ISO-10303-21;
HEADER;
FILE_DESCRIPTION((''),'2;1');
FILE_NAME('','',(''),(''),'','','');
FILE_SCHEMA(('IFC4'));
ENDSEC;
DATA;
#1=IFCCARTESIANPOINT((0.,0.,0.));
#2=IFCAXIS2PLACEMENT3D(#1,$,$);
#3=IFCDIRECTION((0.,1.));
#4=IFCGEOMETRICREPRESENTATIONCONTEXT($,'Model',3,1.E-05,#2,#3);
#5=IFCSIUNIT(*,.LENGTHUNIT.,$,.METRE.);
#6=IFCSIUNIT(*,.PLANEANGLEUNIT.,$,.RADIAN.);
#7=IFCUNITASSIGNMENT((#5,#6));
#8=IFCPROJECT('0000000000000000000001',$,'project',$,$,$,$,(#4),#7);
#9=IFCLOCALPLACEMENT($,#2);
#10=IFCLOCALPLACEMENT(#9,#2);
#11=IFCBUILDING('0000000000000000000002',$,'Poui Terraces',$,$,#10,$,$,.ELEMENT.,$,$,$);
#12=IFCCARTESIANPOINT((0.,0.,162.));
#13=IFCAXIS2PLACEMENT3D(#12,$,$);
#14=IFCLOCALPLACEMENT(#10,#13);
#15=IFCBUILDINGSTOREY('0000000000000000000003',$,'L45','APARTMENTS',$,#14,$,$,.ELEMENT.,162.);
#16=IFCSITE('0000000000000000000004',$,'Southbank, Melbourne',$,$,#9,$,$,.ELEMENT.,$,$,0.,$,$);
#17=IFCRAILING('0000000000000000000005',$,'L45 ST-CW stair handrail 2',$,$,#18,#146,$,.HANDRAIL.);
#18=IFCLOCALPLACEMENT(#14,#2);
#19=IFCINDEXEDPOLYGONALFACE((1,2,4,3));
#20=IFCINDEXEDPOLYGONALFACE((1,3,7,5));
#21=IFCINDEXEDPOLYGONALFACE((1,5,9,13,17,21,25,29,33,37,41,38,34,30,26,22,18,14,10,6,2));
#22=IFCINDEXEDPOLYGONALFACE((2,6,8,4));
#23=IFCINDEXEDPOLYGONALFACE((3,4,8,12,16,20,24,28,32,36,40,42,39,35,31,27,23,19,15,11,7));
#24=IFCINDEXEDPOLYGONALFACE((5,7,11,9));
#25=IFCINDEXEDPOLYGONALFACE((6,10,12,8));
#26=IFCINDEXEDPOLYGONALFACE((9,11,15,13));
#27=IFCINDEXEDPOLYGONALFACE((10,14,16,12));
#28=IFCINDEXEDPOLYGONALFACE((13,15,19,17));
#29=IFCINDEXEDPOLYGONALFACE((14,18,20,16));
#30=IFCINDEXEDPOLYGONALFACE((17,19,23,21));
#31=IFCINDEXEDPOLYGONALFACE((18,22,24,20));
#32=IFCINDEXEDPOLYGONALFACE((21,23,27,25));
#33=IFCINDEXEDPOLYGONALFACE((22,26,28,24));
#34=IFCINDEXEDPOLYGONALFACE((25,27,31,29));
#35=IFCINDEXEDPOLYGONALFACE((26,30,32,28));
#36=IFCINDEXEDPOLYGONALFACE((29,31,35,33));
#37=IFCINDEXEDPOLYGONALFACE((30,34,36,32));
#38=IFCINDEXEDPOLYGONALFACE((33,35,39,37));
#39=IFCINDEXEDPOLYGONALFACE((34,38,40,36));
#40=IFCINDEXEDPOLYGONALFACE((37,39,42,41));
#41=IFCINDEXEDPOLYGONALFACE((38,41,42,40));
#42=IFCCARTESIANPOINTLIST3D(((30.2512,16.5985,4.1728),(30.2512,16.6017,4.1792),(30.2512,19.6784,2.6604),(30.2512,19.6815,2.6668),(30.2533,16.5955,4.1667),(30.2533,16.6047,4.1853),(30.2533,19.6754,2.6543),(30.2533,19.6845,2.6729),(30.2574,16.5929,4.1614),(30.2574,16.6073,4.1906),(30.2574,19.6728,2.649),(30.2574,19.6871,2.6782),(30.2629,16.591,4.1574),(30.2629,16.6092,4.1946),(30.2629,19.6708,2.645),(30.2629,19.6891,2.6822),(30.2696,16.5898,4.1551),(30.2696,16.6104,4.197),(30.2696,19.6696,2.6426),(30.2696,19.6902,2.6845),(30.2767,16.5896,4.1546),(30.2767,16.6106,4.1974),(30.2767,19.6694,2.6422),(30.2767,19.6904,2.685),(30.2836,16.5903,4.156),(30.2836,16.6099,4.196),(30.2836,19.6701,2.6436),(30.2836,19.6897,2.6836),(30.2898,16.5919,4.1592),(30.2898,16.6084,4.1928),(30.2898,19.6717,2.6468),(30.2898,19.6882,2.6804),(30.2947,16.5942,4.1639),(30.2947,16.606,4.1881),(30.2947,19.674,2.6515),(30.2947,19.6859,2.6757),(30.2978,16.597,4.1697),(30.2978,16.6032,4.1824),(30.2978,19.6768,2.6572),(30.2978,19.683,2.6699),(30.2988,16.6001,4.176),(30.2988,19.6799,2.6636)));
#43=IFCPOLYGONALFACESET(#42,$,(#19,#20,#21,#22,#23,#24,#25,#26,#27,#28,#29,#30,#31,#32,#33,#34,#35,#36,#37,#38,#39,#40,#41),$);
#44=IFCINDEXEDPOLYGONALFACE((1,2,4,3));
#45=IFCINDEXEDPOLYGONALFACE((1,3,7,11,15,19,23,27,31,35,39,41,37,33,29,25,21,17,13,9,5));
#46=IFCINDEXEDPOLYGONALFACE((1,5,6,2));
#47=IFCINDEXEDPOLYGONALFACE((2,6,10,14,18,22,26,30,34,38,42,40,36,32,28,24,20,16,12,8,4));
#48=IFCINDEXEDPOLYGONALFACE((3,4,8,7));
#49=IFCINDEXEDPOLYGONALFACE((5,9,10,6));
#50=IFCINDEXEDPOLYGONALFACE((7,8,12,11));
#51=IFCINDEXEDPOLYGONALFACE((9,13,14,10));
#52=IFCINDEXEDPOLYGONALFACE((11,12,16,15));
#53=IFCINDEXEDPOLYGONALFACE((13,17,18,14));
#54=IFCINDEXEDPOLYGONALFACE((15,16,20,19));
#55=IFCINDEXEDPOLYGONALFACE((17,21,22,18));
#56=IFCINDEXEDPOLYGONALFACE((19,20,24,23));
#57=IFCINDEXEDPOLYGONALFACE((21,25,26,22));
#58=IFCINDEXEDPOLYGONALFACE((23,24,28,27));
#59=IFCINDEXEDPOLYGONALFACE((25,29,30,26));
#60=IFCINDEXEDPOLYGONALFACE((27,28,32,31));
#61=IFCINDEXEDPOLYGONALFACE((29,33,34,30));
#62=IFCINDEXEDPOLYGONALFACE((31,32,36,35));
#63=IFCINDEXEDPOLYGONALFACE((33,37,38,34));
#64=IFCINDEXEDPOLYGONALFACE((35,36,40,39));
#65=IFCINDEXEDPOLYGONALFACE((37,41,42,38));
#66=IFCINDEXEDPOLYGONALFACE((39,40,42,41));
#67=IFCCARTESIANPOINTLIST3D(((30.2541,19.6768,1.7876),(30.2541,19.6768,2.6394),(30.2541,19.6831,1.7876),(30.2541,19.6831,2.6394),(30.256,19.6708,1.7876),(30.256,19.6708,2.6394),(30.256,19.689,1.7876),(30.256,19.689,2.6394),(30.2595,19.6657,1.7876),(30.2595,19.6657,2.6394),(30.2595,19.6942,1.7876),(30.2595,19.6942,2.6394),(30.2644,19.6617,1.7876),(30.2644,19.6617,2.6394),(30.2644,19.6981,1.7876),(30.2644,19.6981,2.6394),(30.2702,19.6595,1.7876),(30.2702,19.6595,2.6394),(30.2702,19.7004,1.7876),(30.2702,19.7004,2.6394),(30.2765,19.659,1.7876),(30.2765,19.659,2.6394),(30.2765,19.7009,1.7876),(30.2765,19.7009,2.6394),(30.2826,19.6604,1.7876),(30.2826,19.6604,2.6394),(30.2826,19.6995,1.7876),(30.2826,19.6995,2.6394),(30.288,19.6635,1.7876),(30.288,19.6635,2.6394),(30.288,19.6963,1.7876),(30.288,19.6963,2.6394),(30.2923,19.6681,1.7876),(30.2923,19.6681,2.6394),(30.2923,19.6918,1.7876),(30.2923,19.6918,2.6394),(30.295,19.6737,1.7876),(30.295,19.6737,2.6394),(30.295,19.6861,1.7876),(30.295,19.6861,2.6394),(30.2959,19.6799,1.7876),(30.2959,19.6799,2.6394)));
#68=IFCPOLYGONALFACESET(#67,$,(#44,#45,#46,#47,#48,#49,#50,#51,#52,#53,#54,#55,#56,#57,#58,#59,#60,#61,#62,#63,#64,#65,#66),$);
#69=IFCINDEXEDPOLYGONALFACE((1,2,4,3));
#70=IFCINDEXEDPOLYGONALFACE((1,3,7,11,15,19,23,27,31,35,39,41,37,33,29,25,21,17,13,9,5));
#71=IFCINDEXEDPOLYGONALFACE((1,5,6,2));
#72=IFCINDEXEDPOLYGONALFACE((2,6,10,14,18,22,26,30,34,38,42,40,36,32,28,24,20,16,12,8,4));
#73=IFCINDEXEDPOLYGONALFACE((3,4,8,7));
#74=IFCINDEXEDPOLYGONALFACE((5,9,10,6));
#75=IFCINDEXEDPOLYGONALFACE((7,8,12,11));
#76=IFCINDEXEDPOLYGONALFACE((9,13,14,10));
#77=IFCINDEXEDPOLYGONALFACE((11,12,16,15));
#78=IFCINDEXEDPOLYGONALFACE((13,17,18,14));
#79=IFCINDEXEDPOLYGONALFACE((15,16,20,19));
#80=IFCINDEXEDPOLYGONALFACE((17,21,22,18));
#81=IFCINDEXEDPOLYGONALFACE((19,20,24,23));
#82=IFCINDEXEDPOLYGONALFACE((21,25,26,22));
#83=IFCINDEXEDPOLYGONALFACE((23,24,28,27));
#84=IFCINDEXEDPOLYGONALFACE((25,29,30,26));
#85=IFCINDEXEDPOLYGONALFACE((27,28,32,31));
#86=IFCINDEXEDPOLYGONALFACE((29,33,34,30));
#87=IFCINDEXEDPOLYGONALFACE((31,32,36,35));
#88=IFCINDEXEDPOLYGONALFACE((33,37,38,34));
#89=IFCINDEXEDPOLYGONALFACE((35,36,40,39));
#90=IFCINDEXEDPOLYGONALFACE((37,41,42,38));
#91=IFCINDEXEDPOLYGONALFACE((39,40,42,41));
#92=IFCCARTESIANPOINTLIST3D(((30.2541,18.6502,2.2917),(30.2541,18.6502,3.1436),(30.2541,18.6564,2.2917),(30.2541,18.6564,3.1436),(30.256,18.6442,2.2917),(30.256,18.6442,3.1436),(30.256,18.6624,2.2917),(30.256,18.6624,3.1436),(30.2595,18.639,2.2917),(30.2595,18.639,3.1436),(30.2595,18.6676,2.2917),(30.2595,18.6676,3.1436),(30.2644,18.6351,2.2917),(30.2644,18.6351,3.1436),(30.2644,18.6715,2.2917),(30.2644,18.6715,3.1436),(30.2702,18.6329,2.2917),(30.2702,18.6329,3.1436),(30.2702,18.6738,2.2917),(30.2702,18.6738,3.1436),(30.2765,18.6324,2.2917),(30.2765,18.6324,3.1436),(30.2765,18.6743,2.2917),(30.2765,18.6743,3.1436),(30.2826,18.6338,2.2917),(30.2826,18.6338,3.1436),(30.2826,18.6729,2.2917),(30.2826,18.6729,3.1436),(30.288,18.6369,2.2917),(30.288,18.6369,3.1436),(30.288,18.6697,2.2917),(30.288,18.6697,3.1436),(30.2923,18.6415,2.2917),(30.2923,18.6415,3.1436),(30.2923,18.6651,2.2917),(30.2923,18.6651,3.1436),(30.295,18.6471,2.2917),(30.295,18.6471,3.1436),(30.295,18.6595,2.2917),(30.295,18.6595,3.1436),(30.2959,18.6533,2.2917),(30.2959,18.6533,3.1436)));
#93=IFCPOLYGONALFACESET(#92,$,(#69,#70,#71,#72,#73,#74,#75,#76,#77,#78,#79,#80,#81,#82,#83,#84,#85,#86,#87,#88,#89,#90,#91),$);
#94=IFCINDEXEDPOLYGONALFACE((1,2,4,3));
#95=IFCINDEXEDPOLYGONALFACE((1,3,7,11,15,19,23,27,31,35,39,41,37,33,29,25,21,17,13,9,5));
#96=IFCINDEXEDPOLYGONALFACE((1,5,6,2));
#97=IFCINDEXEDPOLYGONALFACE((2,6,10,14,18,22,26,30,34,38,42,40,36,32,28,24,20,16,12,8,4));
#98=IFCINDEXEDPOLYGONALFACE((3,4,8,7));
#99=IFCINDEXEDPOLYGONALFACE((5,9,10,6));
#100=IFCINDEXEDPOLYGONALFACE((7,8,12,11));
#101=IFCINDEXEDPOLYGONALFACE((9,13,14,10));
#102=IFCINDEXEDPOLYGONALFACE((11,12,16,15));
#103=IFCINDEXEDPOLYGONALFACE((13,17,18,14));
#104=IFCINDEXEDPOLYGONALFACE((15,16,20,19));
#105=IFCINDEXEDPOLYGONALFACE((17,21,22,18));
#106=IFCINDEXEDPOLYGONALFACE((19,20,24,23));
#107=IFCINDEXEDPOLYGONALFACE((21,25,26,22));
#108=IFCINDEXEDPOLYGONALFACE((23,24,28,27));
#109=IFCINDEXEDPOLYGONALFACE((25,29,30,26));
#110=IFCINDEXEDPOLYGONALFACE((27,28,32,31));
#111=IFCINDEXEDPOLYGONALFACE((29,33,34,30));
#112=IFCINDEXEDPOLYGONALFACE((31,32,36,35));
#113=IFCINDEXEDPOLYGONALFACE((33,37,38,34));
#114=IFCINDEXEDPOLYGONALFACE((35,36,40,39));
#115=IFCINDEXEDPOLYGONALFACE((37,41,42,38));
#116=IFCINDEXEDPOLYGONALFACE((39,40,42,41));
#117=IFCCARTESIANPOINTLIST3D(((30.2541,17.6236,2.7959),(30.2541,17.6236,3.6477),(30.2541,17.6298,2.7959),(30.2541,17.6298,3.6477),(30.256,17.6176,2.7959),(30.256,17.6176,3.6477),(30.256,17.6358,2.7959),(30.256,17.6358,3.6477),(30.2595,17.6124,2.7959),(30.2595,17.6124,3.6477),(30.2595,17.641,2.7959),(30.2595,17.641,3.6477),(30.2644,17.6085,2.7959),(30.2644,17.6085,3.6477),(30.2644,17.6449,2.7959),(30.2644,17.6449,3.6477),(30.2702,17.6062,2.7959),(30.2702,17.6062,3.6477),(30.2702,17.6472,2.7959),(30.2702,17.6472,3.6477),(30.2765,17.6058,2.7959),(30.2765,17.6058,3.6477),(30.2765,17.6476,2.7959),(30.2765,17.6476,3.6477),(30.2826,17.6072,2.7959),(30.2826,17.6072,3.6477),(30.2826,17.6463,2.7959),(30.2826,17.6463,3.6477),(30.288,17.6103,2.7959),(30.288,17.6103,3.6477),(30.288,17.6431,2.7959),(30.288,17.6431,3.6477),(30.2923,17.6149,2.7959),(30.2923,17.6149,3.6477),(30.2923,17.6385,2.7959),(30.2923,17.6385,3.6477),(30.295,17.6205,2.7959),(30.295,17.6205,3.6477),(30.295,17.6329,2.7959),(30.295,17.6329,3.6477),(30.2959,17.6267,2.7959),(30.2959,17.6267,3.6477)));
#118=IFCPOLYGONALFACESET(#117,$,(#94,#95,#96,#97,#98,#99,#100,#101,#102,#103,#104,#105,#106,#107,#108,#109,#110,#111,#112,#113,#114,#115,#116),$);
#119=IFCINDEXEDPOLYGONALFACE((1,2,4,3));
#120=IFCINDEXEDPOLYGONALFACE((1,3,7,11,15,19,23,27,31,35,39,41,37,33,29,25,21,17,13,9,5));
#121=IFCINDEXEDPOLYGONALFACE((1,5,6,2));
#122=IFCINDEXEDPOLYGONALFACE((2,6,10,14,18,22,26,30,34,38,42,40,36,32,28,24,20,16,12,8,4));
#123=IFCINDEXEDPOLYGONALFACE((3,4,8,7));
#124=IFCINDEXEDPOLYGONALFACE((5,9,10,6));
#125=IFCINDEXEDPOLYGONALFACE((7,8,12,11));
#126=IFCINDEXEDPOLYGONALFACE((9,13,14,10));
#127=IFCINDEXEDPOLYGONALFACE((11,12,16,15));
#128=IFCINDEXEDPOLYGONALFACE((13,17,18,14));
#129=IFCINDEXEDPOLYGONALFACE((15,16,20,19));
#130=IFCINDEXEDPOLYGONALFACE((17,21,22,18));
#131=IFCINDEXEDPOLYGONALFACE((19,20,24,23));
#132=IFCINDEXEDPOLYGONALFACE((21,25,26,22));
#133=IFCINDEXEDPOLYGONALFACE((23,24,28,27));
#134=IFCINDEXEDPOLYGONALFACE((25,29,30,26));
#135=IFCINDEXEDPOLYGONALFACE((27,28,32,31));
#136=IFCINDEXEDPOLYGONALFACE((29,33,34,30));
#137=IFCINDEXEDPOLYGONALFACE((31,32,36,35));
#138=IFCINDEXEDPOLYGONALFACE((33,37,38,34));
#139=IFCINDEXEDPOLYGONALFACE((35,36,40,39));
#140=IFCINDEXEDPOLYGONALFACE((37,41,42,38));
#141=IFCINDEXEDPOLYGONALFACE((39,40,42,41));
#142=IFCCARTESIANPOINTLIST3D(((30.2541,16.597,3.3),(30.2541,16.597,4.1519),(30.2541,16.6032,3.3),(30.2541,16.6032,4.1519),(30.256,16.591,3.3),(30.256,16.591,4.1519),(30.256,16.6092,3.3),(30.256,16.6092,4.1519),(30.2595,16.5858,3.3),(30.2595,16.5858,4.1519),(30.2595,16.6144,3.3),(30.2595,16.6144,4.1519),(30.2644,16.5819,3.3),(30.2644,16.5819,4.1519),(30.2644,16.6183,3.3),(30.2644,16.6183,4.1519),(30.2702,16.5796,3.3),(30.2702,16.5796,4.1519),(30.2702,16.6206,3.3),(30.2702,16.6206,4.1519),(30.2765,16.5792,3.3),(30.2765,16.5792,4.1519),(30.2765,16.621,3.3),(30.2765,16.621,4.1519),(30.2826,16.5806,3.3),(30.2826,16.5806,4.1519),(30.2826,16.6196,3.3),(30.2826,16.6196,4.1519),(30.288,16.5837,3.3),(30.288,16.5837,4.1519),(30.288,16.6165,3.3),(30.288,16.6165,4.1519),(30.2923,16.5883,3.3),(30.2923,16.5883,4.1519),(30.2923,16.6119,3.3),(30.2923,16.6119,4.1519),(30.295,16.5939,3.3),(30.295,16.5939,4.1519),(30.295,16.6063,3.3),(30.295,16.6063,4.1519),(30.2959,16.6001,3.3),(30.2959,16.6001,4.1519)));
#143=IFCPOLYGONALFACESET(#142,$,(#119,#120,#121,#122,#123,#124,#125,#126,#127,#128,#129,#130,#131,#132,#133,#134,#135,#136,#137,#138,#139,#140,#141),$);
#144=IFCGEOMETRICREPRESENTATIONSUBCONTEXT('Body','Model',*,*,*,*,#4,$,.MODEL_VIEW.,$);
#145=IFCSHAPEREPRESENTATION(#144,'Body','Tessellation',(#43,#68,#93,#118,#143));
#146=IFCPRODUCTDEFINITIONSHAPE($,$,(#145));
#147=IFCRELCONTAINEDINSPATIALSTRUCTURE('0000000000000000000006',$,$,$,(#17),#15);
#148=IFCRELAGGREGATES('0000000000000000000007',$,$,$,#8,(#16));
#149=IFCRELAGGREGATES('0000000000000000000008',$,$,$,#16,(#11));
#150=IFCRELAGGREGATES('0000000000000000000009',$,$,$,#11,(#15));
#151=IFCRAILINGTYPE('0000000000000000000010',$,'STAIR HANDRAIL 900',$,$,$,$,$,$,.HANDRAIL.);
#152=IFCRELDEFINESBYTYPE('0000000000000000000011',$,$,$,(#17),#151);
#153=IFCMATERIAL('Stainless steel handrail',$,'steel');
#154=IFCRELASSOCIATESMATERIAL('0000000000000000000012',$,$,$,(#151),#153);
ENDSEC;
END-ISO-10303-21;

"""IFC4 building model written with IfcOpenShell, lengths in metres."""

from ifc_helpers import new_model, si_unit, direction, frame, origin, origin_2d, place, context, subcontext, project, spatial, circle, extrude, material, type_object, element, save


model = new_model("IFC4")

# Units and contexts
model_context = context("Model", 3, precision=1e-05, world=origin(), true_north=direction((0.0, 1.0)))
body_context = subcontext(model_context, "Body", "Model", "MODEL_VIEW")
ifc_project = project(units=[si_unit("LENGTHUNIT", "METRE"), si_unit("PLANEANGLEUNIT", "RADIAN")], contexts=[model_context])

# Site, building, storey
site_placement = place(None, origin())
site = spatial("IfcSite", under=ifc_project, at=site_placement, Name="Southbank, Melbourne", CompositionType="ELEMENT", RefElevation=0.0)
building_placement = place(site_placement, origin())
building = spatial("IfcBuilding", under=site, at=building_placement, Name="Poui Terraces", CompositionType="ELEMENT")
storey_placement = place(building_placement, frame((0.0, 0.0, 162.0)))
storey = spatial("IfcBuildingStorey", under=building, at=storey_placement, Name="L45", Description="APARTMENTS", CompositionType="ELEMENT", Elevation=162.0)

# Railing
ifc_material_1 = material(Name="Stainless steel handrail", Category="steel")
railing_type_1 = type_object("IfcRailingType", Name="STAIR HANDRAIL 900", PredefinedType="HANDRAIL", material=ifc_material_1)
railing_1_placement = place(storey_placement, frame((30.2749, 19.6799, 1.7876)))
element("IfcRailing", 1, at=railing_1_placement, inside=storey, type_object=railing_type_1, Name="L45 ST-CW stair handrail 2", PredefinedType="HANDRAIL", context=body_context, shape_type="SweptSolid", body=[
    extrude(circle(Radius=0.0239, at=origin_2d()), frame((0.0, 0.0, 0.876), z_axis=(0.0, -0.897606, 0.440798), x_axis=(1.0, 0.0, 0.0)), (0.0, 0.0, 1.0), 3.4312),
    extrude(circle(Radius=0.021, at=origin_2d()), origin(), (0.0, 0.0, 1.0), 0.8518),
    extrude(circle(Radius=0.021, at=origin_2d()), frame((0.0, -1.0266, 0.5042)), (0.0, 0.0, 1.0), 0.8518),
    extrude(circle(Radius=0.021, at=origin_2d()), frame((0.0, -2.0532, 1.0083)), (0.0, 0.0, 1.0), 0.8518),
    extrude(circle(Radius=0.021, at=origin_2d()), frame((0.0, -3.0798, 1.5125)), (0.0, 0.0, 1.0), 0.8518),
])

save(model, "model.ifc")
